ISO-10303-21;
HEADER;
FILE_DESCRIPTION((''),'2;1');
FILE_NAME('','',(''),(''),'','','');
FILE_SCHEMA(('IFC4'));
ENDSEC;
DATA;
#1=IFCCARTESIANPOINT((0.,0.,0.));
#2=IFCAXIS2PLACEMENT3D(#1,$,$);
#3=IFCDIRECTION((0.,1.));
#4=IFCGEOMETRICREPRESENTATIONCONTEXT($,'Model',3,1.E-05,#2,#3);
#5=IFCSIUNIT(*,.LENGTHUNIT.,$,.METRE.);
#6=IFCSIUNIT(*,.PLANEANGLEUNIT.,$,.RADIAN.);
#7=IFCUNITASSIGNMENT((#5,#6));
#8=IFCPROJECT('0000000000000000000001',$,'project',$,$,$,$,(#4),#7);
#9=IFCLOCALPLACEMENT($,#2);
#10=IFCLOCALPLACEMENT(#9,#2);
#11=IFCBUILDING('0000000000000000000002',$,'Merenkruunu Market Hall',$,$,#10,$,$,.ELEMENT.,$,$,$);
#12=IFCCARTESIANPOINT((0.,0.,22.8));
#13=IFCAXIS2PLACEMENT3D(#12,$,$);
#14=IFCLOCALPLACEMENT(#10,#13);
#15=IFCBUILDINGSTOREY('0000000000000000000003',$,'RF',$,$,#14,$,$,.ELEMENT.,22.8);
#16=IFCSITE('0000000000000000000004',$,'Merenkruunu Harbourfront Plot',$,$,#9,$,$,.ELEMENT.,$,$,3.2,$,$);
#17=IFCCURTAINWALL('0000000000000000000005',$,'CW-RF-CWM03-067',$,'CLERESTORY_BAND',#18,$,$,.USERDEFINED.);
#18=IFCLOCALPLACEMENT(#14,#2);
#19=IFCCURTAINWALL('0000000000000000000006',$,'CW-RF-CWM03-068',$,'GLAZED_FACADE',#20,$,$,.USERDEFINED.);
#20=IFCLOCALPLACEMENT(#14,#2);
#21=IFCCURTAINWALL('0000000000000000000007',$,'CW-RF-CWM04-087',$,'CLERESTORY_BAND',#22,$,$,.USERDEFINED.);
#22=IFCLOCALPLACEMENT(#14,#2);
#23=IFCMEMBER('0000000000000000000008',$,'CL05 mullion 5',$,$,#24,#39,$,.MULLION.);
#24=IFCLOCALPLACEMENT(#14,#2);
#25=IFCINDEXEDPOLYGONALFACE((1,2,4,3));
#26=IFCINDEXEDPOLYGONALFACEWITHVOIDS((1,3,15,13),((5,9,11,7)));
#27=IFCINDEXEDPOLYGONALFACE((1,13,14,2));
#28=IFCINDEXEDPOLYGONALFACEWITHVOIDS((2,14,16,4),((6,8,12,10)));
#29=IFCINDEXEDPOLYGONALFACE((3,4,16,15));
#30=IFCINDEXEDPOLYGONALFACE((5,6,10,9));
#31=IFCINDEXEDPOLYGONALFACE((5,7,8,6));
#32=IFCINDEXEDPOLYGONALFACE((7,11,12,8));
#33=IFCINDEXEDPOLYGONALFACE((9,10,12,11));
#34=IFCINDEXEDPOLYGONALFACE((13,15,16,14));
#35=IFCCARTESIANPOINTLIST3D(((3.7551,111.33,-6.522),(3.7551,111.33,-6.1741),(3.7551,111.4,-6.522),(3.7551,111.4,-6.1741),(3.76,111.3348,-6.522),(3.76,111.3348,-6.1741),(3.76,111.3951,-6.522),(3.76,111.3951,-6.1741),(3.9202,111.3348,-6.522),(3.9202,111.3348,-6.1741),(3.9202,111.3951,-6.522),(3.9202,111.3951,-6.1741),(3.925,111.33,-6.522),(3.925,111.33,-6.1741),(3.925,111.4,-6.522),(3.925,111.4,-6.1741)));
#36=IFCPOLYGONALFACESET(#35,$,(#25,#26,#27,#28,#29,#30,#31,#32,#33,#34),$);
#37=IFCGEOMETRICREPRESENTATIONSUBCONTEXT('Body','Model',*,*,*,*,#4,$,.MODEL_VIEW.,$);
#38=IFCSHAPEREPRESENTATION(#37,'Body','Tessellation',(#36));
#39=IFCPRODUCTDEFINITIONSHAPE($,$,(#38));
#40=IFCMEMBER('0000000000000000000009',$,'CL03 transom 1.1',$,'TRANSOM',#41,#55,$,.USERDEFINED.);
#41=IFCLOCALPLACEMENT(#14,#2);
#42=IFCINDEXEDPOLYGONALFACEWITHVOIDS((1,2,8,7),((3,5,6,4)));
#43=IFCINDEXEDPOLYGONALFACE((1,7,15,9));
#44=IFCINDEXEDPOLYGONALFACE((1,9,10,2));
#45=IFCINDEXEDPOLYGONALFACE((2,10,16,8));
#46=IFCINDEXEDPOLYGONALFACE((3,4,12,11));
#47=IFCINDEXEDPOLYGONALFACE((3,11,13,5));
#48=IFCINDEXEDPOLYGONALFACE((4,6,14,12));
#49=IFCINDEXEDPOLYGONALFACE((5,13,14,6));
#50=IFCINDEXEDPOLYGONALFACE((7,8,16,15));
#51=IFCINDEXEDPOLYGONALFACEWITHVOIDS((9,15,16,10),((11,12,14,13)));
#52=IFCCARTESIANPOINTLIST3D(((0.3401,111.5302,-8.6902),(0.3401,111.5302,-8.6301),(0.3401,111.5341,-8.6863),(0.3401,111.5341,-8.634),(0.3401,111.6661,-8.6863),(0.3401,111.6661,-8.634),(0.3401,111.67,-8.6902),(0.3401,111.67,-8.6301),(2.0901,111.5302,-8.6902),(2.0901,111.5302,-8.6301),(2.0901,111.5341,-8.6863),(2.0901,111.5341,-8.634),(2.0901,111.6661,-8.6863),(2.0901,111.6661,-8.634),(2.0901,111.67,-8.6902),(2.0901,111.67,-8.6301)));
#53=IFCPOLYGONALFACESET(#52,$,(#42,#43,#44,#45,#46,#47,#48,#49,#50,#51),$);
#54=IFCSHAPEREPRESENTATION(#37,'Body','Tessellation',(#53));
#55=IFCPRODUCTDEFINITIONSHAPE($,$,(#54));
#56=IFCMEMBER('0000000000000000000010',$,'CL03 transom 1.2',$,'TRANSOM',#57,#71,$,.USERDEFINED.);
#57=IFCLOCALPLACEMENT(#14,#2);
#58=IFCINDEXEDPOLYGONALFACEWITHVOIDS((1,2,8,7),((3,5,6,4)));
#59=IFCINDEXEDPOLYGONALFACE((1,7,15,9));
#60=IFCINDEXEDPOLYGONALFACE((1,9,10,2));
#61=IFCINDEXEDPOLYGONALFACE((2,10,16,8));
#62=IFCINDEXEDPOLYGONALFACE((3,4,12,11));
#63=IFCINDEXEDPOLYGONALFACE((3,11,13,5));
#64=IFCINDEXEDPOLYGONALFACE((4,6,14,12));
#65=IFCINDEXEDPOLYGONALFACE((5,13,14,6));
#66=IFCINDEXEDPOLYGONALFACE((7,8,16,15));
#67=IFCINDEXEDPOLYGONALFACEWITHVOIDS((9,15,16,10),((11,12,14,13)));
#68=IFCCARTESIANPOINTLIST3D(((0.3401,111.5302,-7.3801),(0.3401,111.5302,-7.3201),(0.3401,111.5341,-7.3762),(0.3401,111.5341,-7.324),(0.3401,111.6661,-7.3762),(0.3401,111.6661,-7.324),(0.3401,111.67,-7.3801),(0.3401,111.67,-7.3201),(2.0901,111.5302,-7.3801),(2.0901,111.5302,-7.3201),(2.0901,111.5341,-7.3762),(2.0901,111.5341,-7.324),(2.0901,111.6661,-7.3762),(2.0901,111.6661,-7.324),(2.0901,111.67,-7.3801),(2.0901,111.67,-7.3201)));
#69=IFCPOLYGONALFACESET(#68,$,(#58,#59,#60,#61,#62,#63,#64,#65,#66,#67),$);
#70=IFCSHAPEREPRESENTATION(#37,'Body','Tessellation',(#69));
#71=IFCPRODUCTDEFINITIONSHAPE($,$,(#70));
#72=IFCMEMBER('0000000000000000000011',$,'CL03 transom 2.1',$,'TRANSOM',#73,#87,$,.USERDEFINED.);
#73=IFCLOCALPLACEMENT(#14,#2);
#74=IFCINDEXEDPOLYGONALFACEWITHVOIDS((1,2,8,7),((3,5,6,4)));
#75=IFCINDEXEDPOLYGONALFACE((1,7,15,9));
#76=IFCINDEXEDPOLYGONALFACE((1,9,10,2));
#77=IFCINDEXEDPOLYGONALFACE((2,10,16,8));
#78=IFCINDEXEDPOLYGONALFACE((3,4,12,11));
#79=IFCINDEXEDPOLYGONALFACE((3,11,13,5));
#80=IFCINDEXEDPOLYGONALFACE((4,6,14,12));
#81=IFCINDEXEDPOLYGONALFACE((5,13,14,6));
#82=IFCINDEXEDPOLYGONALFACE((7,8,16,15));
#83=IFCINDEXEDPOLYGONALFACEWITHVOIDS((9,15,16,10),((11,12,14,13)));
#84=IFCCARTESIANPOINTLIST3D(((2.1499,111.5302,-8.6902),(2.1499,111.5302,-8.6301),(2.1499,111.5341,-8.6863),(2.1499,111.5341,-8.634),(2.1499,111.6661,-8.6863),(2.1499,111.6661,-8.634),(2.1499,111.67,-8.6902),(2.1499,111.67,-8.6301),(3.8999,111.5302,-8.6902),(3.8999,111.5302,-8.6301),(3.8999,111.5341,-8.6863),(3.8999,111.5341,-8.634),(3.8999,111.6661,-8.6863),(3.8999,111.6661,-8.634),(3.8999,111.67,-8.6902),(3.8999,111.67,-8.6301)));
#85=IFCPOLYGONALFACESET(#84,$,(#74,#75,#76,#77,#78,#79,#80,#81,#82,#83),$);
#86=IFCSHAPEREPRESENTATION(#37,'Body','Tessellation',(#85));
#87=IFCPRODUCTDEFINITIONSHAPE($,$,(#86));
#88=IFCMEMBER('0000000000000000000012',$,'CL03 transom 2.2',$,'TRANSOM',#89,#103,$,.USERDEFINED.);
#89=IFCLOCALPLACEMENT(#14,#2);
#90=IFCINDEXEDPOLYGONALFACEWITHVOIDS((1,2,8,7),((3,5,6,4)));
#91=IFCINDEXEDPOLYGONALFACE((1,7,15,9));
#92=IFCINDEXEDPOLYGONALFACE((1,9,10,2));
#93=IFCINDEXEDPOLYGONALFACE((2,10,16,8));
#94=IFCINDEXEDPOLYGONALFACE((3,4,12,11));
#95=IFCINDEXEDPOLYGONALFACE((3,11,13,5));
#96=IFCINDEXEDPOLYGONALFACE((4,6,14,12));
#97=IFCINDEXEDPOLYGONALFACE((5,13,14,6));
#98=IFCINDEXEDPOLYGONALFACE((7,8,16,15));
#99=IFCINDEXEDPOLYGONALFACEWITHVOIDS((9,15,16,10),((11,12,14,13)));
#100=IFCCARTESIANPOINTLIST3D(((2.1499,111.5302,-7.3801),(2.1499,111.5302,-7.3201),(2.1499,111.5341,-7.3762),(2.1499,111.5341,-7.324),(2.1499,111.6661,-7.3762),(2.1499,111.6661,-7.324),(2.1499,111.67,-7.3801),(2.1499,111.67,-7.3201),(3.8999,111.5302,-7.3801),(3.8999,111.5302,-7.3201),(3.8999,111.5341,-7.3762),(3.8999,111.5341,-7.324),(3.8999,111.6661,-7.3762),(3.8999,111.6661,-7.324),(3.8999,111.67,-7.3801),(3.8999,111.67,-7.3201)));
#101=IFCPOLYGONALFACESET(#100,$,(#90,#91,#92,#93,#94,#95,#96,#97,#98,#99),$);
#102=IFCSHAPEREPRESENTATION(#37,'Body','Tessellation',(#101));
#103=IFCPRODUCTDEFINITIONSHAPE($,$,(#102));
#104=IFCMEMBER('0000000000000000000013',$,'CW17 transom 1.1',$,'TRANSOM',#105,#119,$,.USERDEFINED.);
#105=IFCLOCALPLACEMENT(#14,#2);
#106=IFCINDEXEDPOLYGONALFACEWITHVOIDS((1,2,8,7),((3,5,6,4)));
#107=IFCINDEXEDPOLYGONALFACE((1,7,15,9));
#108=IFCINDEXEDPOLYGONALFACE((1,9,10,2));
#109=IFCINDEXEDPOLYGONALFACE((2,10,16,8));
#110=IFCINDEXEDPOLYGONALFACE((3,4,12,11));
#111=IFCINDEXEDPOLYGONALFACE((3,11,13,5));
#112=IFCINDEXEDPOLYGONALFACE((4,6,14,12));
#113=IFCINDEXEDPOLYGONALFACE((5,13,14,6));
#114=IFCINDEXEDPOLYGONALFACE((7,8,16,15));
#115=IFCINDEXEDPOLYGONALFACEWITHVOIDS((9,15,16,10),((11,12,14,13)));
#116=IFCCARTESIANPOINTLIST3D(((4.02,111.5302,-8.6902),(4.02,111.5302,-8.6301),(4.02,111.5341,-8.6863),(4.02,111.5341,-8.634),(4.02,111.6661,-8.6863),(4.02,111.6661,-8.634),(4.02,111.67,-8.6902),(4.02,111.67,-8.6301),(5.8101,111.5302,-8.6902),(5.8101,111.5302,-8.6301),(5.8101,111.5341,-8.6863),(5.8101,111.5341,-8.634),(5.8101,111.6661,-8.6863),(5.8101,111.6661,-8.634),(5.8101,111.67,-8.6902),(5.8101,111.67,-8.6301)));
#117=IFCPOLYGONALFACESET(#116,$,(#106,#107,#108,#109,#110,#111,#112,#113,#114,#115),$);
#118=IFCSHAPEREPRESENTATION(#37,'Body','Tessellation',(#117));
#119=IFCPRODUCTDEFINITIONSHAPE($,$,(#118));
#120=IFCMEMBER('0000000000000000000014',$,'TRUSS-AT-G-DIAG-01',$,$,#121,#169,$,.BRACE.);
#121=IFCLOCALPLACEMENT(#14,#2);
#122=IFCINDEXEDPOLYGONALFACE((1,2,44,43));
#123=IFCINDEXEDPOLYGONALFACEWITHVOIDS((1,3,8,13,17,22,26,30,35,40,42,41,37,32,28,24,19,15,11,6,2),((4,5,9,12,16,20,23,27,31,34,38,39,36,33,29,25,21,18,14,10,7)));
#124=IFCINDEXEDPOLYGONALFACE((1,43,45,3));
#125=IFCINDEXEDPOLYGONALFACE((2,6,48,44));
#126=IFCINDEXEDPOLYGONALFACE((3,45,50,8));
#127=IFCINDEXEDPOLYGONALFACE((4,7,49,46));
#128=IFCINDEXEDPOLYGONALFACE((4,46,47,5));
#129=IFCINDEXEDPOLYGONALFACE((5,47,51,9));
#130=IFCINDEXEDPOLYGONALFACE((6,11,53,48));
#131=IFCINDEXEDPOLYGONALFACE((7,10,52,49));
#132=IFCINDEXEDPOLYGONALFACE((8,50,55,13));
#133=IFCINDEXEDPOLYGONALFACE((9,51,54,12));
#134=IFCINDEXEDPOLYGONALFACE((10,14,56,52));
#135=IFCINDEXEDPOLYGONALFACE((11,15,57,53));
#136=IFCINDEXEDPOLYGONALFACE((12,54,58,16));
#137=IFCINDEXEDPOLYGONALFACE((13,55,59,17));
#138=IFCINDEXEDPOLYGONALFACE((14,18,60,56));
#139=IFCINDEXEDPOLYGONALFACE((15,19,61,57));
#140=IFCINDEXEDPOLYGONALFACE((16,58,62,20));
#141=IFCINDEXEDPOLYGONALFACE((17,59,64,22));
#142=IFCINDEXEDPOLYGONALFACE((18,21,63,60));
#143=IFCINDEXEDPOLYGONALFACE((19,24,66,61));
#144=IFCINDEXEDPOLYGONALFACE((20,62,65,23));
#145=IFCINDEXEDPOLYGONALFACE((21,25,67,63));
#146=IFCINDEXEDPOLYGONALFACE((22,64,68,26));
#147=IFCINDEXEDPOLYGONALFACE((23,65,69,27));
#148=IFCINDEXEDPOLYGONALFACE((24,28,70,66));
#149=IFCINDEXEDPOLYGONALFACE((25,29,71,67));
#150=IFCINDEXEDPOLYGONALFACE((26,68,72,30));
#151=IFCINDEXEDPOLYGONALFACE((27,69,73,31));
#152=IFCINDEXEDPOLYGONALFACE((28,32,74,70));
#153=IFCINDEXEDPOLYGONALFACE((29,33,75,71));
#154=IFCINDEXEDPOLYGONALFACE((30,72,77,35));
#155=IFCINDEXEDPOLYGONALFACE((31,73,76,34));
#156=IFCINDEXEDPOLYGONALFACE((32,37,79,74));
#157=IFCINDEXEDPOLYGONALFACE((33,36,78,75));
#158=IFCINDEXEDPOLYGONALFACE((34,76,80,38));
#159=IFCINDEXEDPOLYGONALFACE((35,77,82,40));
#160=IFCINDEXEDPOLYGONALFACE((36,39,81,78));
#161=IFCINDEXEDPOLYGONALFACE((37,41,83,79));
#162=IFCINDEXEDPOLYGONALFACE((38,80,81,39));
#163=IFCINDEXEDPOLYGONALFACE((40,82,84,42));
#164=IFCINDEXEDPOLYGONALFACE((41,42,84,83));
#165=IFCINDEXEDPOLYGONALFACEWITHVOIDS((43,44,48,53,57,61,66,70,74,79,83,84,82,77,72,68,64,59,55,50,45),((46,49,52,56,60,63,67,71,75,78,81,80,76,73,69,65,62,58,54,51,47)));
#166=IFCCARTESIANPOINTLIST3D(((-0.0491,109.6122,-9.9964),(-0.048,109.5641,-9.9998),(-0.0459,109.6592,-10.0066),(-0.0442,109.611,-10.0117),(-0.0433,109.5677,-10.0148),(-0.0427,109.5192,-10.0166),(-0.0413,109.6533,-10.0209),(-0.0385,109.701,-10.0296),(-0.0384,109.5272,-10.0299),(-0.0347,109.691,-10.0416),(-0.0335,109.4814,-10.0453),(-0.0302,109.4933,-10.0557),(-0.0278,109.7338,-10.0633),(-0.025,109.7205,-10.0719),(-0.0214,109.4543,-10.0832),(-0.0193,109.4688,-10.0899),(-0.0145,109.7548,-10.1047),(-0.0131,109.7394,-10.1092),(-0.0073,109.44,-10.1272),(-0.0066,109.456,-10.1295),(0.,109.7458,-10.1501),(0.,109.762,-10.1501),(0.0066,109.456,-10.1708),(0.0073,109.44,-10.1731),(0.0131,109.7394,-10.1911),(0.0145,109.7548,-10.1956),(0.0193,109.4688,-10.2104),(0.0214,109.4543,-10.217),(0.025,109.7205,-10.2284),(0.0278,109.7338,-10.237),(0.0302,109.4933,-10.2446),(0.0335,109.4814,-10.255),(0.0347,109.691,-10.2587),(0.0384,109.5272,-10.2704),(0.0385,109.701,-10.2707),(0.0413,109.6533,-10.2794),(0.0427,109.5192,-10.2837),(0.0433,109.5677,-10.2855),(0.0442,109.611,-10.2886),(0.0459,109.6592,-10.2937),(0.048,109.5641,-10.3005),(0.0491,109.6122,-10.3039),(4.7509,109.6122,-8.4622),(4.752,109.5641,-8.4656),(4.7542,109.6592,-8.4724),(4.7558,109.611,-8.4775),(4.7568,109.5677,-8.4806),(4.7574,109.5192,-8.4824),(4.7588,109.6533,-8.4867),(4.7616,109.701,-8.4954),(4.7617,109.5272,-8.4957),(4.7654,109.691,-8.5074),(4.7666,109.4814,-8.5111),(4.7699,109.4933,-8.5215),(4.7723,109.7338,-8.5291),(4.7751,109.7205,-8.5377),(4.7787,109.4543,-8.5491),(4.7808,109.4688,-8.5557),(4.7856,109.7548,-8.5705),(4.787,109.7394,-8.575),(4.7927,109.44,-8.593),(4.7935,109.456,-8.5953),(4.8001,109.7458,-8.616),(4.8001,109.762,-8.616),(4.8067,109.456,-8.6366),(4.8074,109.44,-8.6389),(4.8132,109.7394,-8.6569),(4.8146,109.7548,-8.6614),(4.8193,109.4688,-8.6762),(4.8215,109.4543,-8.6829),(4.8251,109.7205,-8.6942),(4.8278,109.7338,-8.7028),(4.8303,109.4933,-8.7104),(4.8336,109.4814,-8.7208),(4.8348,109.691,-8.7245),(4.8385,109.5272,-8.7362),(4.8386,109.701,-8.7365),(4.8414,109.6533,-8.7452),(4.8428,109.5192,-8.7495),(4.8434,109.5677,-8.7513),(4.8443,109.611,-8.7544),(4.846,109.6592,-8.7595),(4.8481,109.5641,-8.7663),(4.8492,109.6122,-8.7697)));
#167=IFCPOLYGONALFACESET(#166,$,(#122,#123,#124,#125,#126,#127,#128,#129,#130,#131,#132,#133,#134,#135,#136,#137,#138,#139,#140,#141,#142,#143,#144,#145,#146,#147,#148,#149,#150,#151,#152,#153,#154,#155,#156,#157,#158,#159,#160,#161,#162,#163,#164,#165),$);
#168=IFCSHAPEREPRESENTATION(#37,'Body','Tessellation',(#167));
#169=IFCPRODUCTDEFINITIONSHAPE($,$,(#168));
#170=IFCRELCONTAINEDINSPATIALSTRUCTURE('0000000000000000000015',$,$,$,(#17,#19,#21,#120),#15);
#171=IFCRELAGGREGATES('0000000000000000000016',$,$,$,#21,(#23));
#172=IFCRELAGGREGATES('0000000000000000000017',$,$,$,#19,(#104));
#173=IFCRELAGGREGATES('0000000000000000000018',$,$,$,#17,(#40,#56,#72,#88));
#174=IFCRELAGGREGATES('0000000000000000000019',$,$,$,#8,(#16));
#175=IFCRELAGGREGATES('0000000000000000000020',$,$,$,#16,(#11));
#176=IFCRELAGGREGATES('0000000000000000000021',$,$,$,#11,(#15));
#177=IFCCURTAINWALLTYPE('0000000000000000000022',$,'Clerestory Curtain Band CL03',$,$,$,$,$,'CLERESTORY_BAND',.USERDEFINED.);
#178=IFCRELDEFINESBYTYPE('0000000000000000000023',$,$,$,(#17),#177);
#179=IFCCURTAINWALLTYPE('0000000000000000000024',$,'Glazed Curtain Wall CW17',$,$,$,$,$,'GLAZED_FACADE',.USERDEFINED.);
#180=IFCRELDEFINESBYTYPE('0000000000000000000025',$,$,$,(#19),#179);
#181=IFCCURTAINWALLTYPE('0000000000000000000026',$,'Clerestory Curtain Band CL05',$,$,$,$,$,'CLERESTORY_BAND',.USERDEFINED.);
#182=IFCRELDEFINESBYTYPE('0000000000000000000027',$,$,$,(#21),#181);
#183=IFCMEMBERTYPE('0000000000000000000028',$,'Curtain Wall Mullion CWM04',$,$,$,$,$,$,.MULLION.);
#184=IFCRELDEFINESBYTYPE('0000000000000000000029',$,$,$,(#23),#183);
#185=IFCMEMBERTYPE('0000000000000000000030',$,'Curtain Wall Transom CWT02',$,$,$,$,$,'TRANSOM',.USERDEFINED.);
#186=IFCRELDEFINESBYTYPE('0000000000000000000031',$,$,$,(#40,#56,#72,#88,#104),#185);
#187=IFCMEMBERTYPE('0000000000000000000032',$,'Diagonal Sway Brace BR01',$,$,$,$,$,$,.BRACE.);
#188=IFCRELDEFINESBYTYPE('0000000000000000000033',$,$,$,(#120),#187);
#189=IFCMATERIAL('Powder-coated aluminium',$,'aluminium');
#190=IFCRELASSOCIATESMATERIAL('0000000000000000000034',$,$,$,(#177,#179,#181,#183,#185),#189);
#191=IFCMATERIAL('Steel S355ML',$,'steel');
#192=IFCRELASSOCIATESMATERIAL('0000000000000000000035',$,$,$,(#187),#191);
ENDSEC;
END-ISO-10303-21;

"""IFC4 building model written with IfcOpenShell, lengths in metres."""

from ifc_helpers import new_model, si_unit, direction, frame, origin, origin_2d, place, context, subcontext, project, spatial, hollow_rectangle, hollow_circle, extrude, material, material_profile, profile_set, type_object, element, aggregate, save


model = new_model("IFC4")

# Units and contexts
model_context = context("Model", 3, precision=1e-05, world=origin(), true_north=direction((0.0, 1.0)))
body_context = subcontext(model_context, "Body", "Model", "MODEL_VIEW")
ifc_project = project(units=[si_unit("LENGTHUNIT", "METRE"), si_unit("PLANEANGLEUNIT", "RADIAN")], contexts=[model_context])

# Site, building, storey
site_placement = place(None, origin())
site = spatial("IfcSite", under=ifc_project, at=site_placement, Name="Merenkruunu Harbourfront Plot", CompositionType="ELEMENT", RefElevation=3.2)
building_placement = place(site_placement, origin())
building = spatial("IfcBuilding", under=site, at=building_placement, Name="Merenkruunu Market Hall", CompositionType="ELEMENT")
storey_placement = place(building_placement, frame((0.0, 0.0, 22.8)))
storey = spatial("IfcBuildingStorey", under=building, at=storey_placement, Name="RF", CompositionType="ELEMENT", Elevation=22.8)

# Shared definitions
ifc_material_1 = material(Name="Steel S355ML", Category="steel")

# Curtain wall
ifc_material_2 = material(Name="Powder-coated aluminium", Category="aluminium")
curtain_wall_type_1 = type_object("IfcCurtainWallType", Name="Clerestory Curtain Band CL03", ElementType="CLERESTORY_BAND", PredefinedType="USERDEFINED", material=ifc_material_2)
curtain_wall_1_placement = place(storey_placement, origin())
curtain_wall_1 = element("IfcCurtainWall", 1, at=curtain_wall_1_placement, inside=storey, type_object=curtain_wall_type_1, Name="CW-RF-CWM03-067", ObjectType="CLERESTORY_BAND", PredefinedType="USERDEFINED")

# Curtain walls, member
curtain_wall_type_2 = type_object("IfcCurtainWallType", Name="Glazed Curtain Wall CW17", ElementType="GLAZED_FACADE", PredefinedType="USERDEFINED", material=ifc_material_2)
curtain_wall_2_placement = place(storey_placement, origin())
curtain_wall_2 = element("IfcCurtainWall", 2, at=curtain_wall_2_placement, inside=storey, type_object=curtain_wall_type_2, Name="CW-RF-CWM03-068", ObjectType="GLAZED_FACADE", PredefinedType="USERDEFINED")
curtain_wall_type_3 = type_object("IfcCurtainWallType", Name="Clerestory Curtain Band CL05", ElementType="CLERESTORY_BAND", PredefinedType="USERDEFINED", material=ifc_material_2)
curtain_wall_3_placement = place(storey_placement, origin())
curtain_wall_3 = element("IfcCurtainWall", 3, at=curtain_wall_3_placement, inside=storey, type_object=curtain_wall_type_3, Name="CW-RF-CWM04-087", ObjectType="CLERESTORY_BAND", PredefinedType="USERDEFINED")
ifc_material_profile_1 = material_profile(ifc_material_2, hollow_rectangle(XDim=0.0701, YDim=0.1699, WallThickness=0.0049, at=origin_2d()), Name="ALU 70x170x5")
ifc_profile_set_1 = profile_set([ifc_material_profile_1], Name="Powder-coated aluminium")
member_type_1 = type_object("IfcMemberType", Name="Curtain Wall Mullion CWM04", PredefinedType="MULLION", material=ifc_profile_set_1)
member_1_placement = place(storey_placement, frame((3.8401, 111.365, -6.522), z_axis=(0.0, 0.0, 1.0), x_axis=(0.0, 1.0, 0.0)))
member_1 = element("IfcMember", 4, at=member_1_placement, type_object=member_type_1, Name="CL05 mullion 5", PredefinedType="MULLION", context=body_context, shape_type="SweptSolid", body=[
    extrude(hollow_rectangle(XDim=0.0701, YDim=0.1699, WallThickness=0.0049, at=origin_2d()), origin(), (0.0, 0.0, 1.0), 0.3479),
])
aggregate(curtain_wall_3, [member_1])

# Members
ifc_material_profile_2 = material_profile(ifc_material_2, hollow_rectangle(XDim=0.0601, YDim=0.1399, WallThickness=0.0039, at=origin_2d()), Name="ALU 60x140x4")
ifc_profile_set_2 = profile_set([ifc_material_profile_2], Name="Powder-coated aluminium")
member_type_2 = type_object("IfcMemberType", Name="Curtain Wall Transom CWT02", ElementType="TRANSOM", PredefinedType="USERDEFINED", material=ifc_profile_set_2)
member_2_placement = place(storey_placement, frame((0.3401, 111.6001, -8.6602), z_axis=(1.0, 0.0, 0.0), x_axis=(0.0, 0.0, 1.0)))
member_2 = element("IfcMember", 5, at=member_2_placement, type_object=member_type_2, Name="CL03 transom 1.1", ObjectType="TRANSOM", PredefinedType="USERDEFINED", context=body_context, shape_type="SweptSolid", body=[
    extrude(hollow_rectangle(XDim=0.0601, YDim=0.1399, WallThickness=0.0039, at=origin_2d()), origin(), (0.0, 0.0, 1.0), 1.75),
])
member_3_placement = place(storey_placement, frame((0.3401, 111.6001, -7.3501), z_axis=(1.0, 0.0, 0.0), x_axis=(0.0, 0.0, 1.0)))
member_3 = element("IfcMember", 6, at=member_3_placement, type_object=member_type_2, Name="CL03 transom 1.2", ObjectType="TRANSOM", PredefinedType="USERDEFINED", context=body_context, shape_type="SweptSolid", body=[
    extrude(hollow_rectangle(XDim=0.0601, YDim=0.1399, WallThickness=0.0039, at=origin_2d()), origin(), (0.0, 0.0, 1.0), 1.75),
])
member_4_placement = place(storey_placement, frame((2.1499, 111.6001, -8.6602), z_axis=(1.0, 0.0, 0.0), x_axis=(0.0, 0.0, 1.0)))
member_4 = element("IfcMember", 7, at=member_4_placement, type_object=member_type_2, Name="CL03 transom 2.1", ObjectType="TRANSOM", PredefinedType="USERDEFINED", context=body_context, shape_type="SweptSolid", body=[
    extrude(hollow_rectangle(XDim=0.0601, YDim=0.1399, WallThickness=0.0039, at=origin_2d()), origin(), (0.0, 0.0, 1.0), 1.75),
])
member_5_placement = place(storey_placement, frame((2.1499, 111.6001, -7.3501), z_axis=(1.0, 0.0, 0.0), x_axis=(0.0, 0.0, 1.0)))
member_5 = element("IfcMember", 8, at=member_5_placement, type_object=member_type_2, Name="CL03 transom 2.2", ObjectType="TRANSOM", PredefinedType="USERDEFINED", context=body_context, shape_type="SweptSolid", body=[
    extrude(hollow_rectangle(XDim=0.0601, YDim=0.1399, WallThickness=0.0039, at=origin_2d()), origin(), (0.0, 0.0, 1.0), 1.75),
])
member_6_placement = place(storey_placement, frame((4.02, 111.6001, -8.6602), z_axis=(1.0, 0.0, 0.0), x_axis=(0.0, 0.0, 1.0)))
member_6 = element("IfcMember", 9, at=member_6_placement, type_object=member_type_2, Name="CW17 transom 1.1", ObjectType="TRANSOM", PredefinedType="USERDEFINED", context=body_context, shape_type="SweptSolid", body=[
    extrude(hollow_rectangle(XDim=0.0601, YDim=0.1399, WallThickness=0.0039, at=origin_2d()), origin(), (0.0, 0.0, 1.0), 1.79),
])
aggregate(curtain_wall_2, [member_6])

# Member
ifc_material_profile_3 = material_profile(ifc_material_1, hollow_circle(Radius=0.1619, WallThickness=0.0161, at=origin_2d()), Name="CHS 323.9x16")
ifc_profile_set_3 = profile_set([ifc_material_profile_3], Name="Steel S355ML")
member_type_3 = type_object("IfcMemberType", Name="Diagonal Sway Brace BR01", PredefinedType="BRACE", material=ifc_profile_set_3)
member_7_placement = place(storey_placement, frame((0.0, 109.6001, -10.1501), z_axis=(0.95253, 0.0, 0.304445), x_axis=(0.0, 1.0, 0.0)))
element("IfcMember", 10, at=member_7_placement, inside=storey, type_object=member_type_3, Name="TRUSS-AT-G-DIAG-01", PredefinedType="BRACE", context=body_context, shape_type="SweptSolid", body=[
    extrude(hollow_circle(Radius=0.1619, WallThickness=0.0161, at=origin_2d()), origin(), (0.0, 0.0, 1.0), 5.0393),
])

aggregate(curtain_wall_1, [member_2, member_3, member_4, member_5])

save(model, "model.ifc")
